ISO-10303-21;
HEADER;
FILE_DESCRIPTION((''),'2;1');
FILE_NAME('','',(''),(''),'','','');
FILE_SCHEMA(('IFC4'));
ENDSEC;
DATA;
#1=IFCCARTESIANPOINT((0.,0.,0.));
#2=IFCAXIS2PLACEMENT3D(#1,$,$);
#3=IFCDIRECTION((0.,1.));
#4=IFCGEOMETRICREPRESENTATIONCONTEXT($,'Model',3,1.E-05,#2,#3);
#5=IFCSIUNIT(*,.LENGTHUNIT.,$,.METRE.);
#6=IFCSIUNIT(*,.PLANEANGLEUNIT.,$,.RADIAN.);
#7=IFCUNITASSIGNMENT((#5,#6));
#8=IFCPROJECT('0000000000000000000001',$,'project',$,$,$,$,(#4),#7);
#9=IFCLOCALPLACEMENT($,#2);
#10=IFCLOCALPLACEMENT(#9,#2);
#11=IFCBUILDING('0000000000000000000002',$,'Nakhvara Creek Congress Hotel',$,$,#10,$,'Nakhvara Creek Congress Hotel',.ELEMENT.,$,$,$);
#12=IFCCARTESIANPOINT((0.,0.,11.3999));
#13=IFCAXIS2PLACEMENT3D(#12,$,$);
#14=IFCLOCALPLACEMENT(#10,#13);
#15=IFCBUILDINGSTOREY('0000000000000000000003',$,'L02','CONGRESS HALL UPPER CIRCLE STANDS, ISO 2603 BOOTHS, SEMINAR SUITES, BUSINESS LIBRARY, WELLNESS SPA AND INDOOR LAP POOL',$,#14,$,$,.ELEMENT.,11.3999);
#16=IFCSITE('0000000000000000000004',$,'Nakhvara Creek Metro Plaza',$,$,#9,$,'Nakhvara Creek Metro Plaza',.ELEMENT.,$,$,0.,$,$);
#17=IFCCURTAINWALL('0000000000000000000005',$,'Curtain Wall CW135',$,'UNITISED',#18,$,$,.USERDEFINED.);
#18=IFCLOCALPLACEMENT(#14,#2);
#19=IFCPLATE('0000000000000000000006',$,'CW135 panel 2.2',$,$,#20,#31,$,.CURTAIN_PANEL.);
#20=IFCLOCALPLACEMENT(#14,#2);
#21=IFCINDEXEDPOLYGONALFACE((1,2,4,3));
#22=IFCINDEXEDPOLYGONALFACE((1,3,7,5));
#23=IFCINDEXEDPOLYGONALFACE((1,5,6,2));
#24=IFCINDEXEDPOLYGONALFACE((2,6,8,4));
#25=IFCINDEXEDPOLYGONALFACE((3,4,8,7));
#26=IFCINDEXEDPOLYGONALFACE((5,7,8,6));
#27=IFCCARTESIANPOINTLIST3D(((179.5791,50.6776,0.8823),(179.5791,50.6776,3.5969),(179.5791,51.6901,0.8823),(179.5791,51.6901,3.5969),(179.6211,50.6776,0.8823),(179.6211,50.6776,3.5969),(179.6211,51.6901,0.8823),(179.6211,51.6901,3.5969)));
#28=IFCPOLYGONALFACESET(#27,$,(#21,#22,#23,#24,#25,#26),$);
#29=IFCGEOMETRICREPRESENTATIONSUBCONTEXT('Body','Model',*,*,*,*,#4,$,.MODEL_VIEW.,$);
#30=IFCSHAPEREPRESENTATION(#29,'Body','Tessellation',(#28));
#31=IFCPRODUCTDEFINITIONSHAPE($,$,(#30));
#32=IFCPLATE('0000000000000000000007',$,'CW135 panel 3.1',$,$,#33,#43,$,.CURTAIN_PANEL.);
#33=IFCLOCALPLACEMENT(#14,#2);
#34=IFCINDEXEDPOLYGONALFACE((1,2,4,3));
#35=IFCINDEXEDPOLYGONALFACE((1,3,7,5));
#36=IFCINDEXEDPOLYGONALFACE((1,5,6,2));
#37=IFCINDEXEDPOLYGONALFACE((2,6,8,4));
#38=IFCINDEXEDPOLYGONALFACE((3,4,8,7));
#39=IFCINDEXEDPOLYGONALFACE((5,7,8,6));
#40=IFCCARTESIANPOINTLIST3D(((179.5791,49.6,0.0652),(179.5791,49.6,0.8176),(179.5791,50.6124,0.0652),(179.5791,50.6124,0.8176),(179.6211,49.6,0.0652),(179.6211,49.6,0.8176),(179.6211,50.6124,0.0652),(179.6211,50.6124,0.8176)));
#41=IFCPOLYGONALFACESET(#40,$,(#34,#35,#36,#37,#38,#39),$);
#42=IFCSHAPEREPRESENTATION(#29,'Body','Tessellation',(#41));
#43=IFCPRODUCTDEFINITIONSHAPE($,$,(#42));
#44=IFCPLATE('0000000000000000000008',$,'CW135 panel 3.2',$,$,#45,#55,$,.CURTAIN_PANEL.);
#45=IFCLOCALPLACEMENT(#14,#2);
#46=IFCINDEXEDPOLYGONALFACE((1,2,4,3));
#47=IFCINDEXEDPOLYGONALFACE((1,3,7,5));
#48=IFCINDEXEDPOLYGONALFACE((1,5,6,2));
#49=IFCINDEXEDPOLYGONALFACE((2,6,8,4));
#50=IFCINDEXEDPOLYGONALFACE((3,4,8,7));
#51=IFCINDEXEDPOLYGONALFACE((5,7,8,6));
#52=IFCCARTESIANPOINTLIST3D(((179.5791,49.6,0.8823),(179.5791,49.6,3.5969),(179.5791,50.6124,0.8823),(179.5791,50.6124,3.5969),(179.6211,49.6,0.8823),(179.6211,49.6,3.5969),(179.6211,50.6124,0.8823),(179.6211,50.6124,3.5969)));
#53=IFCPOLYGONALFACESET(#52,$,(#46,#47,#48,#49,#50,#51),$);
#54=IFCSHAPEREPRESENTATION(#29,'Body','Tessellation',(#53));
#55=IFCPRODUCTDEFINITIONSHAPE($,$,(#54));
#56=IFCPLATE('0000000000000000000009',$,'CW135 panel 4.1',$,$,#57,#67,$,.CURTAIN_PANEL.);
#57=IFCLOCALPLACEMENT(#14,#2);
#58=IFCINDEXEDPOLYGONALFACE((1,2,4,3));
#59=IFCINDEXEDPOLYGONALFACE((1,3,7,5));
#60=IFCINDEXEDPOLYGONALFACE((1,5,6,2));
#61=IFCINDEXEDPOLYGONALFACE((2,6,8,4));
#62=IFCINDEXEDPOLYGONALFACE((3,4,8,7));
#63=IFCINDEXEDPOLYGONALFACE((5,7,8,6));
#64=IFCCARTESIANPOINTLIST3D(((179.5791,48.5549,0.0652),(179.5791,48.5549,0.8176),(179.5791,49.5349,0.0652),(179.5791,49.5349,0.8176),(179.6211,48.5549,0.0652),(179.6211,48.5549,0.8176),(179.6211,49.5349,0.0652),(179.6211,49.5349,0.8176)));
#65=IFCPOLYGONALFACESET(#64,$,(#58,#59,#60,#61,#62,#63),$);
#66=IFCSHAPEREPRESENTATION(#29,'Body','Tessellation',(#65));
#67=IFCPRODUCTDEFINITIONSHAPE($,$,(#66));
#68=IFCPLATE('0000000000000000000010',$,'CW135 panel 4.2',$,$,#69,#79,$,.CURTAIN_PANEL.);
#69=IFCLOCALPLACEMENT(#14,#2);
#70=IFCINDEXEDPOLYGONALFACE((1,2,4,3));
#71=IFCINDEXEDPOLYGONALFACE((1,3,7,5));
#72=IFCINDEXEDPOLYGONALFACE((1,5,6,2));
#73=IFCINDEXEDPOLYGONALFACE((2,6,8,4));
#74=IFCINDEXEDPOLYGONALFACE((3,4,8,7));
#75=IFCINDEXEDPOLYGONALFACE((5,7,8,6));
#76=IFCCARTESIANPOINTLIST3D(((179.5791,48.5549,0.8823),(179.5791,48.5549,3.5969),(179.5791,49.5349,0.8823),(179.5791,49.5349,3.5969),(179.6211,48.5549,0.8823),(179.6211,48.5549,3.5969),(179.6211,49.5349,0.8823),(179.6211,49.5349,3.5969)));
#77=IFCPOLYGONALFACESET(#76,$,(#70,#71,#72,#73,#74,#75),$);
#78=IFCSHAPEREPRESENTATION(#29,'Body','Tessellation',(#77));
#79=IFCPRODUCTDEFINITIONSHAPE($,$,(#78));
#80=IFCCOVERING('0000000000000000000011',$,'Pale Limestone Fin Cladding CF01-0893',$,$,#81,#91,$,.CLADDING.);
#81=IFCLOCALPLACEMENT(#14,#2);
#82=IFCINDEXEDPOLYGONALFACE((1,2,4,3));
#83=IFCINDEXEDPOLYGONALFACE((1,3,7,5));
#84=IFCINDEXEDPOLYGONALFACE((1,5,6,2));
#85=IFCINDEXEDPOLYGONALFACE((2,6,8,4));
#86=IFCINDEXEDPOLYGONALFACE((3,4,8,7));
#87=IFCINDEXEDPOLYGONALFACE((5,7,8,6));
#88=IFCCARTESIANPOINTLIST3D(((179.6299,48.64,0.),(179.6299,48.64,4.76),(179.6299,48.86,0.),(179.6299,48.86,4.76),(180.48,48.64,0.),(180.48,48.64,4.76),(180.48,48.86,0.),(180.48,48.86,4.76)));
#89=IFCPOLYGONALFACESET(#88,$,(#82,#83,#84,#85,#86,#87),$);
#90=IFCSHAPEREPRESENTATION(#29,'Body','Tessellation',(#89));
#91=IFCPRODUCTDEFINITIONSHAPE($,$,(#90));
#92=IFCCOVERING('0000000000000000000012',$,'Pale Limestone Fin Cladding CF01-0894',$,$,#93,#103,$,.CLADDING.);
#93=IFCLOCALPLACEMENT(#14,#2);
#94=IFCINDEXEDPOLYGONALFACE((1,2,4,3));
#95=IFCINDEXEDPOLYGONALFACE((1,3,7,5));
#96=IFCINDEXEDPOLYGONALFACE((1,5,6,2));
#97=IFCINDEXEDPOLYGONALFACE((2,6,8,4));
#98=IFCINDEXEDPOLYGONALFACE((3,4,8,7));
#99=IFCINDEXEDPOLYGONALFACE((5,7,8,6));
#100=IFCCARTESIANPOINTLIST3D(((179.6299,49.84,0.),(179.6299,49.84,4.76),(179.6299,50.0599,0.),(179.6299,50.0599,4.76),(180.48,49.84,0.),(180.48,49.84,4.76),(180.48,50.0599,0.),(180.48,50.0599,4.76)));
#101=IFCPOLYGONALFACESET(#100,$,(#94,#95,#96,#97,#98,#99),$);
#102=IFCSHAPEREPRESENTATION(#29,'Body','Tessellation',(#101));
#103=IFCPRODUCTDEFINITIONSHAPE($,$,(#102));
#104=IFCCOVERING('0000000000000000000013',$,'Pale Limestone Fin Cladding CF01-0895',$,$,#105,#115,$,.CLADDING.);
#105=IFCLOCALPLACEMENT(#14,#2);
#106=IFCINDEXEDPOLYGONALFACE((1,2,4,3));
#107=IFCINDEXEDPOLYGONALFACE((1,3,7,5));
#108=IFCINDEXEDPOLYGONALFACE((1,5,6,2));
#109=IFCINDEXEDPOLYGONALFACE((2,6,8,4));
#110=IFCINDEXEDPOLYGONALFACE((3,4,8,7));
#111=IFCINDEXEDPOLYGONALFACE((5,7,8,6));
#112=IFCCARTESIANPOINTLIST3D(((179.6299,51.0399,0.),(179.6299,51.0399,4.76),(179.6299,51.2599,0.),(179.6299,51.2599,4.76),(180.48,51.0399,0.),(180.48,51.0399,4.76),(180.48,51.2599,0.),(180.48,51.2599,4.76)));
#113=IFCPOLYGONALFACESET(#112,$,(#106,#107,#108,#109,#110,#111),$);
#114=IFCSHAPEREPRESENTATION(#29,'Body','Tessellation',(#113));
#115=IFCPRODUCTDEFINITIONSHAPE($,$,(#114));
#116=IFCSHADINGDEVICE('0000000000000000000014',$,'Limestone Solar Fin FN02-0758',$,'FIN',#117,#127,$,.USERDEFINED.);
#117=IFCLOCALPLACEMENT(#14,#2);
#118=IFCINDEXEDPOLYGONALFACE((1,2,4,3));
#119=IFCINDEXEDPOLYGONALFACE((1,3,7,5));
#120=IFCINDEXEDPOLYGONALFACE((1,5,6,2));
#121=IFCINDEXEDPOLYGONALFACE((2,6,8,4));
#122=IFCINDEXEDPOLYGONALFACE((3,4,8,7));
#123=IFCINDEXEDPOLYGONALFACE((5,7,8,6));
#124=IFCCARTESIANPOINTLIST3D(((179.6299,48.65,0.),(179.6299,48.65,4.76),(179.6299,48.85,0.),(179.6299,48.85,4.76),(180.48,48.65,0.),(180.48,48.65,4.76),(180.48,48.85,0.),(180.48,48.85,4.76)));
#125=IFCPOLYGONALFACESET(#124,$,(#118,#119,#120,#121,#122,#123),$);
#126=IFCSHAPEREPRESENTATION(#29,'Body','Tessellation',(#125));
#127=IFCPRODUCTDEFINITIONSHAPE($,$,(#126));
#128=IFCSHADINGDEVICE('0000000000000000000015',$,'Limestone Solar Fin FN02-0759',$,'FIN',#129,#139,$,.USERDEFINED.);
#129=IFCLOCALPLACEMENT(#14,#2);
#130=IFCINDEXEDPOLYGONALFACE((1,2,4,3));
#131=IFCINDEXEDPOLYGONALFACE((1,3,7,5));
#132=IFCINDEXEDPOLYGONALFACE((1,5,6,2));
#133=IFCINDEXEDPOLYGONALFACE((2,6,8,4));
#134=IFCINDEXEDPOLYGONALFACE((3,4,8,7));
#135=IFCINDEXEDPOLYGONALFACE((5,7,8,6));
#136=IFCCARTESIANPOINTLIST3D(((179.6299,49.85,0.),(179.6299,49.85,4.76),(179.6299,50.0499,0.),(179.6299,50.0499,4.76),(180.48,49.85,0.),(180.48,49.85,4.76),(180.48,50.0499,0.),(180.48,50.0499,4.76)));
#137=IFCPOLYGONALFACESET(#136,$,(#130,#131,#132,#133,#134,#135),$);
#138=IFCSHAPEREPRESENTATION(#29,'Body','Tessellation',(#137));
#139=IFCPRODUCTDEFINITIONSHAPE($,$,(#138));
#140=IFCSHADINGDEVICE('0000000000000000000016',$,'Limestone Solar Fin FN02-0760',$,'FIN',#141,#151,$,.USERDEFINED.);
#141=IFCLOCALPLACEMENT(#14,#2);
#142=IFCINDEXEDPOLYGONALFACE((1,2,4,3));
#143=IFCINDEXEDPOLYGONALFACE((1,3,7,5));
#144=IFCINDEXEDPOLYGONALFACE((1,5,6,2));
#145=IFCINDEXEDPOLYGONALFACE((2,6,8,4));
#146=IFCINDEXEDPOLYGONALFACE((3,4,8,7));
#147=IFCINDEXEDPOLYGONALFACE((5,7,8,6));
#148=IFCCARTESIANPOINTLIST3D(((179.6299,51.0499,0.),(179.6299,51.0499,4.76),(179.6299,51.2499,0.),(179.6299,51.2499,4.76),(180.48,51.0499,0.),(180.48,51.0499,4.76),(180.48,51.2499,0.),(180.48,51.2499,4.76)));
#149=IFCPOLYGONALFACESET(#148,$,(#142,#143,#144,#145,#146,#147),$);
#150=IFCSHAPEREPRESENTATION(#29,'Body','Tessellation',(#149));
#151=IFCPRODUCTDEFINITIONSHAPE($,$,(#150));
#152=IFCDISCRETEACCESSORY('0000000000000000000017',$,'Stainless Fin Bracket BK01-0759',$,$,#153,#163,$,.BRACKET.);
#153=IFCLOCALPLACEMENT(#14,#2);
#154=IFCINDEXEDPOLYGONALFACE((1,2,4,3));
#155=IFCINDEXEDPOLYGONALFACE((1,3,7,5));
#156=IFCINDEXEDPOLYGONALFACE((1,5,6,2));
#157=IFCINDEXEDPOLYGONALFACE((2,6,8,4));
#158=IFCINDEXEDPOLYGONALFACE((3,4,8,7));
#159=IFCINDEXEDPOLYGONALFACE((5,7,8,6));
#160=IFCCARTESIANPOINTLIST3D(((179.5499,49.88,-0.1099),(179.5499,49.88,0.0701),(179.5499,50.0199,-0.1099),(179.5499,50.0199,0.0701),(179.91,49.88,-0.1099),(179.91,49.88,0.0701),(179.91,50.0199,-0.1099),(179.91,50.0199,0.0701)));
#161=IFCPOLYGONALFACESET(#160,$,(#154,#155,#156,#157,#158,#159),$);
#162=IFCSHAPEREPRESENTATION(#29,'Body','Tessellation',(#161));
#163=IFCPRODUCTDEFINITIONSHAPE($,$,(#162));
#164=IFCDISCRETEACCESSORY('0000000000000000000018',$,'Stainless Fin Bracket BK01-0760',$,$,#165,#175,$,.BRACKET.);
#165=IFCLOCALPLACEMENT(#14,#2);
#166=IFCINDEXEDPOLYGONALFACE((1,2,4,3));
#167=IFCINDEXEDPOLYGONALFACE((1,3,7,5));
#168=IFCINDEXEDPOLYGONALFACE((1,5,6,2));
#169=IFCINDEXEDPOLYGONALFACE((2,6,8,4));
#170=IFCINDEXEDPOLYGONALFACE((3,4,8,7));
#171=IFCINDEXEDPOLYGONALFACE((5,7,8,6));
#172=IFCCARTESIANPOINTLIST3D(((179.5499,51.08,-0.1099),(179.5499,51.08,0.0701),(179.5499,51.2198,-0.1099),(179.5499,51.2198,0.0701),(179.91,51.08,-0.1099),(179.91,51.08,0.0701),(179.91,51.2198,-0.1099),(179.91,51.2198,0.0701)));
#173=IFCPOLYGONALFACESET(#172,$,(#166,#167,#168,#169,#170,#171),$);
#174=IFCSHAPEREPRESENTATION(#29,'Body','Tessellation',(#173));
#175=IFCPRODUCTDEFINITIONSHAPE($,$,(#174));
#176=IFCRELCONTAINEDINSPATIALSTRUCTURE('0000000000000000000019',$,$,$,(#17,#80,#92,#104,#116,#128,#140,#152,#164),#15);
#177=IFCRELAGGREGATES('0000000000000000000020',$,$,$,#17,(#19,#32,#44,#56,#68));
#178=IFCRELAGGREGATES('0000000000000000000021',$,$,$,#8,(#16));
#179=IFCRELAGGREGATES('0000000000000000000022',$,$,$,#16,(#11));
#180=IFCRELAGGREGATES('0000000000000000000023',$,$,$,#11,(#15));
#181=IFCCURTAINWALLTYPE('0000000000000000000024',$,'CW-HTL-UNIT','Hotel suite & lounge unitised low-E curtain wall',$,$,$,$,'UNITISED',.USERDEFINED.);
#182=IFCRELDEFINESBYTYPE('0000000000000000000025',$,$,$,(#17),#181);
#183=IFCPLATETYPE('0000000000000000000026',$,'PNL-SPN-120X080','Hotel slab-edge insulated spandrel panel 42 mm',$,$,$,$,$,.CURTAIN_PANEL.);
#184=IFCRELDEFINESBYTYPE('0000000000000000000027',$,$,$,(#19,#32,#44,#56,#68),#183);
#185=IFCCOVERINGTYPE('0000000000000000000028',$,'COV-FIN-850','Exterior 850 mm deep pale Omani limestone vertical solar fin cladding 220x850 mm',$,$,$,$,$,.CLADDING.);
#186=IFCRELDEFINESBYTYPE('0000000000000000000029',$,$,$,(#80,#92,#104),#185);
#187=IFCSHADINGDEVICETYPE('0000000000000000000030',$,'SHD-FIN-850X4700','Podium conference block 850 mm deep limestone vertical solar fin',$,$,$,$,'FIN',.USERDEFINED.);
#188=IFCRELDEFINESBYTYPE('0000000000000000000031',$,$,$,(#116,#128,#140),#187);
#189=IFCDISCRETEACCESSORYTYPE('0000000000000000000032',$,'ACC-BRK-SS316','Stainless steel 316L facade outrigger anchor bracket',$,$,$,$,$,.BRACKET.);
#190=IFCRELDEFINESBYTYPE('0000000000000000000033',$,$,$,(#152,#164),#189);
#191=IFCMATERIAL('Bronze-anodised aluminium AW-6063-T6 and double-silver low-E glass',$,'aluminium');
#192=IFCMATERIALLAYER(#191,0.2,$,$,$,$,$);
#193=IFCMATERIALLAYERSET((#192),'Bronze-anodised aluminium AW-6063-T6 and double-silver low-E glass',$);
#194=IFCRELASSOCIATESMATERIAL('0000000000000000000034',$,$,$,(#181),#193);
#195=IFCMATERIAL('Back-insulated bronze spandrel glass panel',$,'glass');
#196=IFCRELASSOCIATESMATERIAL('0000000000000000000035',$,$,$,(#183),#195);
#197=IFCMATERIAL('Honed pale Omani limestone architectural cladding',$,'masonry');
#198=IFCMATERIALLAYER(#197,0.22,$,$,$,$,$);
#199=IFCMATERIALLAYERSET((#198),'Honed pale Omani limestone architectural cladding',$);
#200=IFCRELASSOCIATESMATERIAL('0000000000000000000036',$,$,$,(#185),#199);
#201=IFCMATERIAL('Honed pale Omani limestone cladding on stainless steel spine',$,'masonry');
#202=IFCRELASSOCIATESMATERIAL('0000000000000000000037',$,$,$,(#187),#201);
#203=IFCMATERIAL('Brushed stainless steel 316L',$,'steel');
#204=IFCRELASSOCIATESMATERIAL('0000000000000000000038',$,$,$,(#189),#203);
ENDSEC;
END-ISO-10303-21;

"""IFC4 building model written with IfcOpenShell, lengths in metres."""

from ifc_helpers import new_model, si_unit, direction, frame, origin, origin_2d, place, context, subcontext, project, spatial, rectangle, extrude, material, layer, layer_set, type_object, element, aggregate, save


model = new_model("IFC4")

# Units and contexts
model_context = context("Model", 3, precision=1e-05, world=origin(), true_north=direction((0.0, 1.0)))
body_context = subcontext(model_context, "Body", "Model", "MODEL_VIEW")
ifc_project = project(units=[si_unit("LENGTHUNIT", "METRE"), si_unit("PLANEANGLEUNIT", "RADIAN")], contexts=[model_context])

# Site, building, storey
site_placement = place(None, origin())
site = spatial("IfcSite", under=ifc_project, at=site_placement, Name="Nakhvara Creek Metro Plaza", LongName="Nakhvara Creek Metro Plaza", CompositionType="ELEMENT", RefElevation=0.0)
building_placement = place(site_placement, origin())
building = spatial("IfcBuilding", under=site, at=building_placement, Name="Nakhvara Creek Congress Hotel", LongName="Nakhvara Creek Congress Hotel", CompositionType="ELEMENT")
storey_placement = place(building_placement, frame((0.0, 0.0, 11.3999)))
storey = spatial("IfcBuildingStorey", under=building, at=storey_placement, Name="L02", Description="CONGRESS HALL UPPER CIRCLE STANDS, ISO 2603 BOOTHS, SEMINAR SUITES, BUSINESS LIBRARY, WELLNESS SPA AND INDOOR LAP POOL", CompositionType="ELEMENT", Elevation=11.3999)

# Curtain wall, plates
ifc_material_1 = material(Name="Bronze-anodised aluminium AW-6063-T6 and double-silver low-E glass", Category="aluminium")
ifc_layer_1 = layer(ifc_material_1, 0.2)
ifc_layer_set_1 = layer_set([ifc_layer_1], Name="Bronze-anodised aluminium AW-6063-T6 and double-silver low-E glass")
curtain_wall_type = type_object("IfcCurtainWallType", Name="CW-HTL-UNIT", Description="Hotel suite & lounge unitised low-E curtain wall", ElementType="UNITISED", PredefinedType="USERDEFINED", material=ifc_layer_set_1)
curtain_wall_placement = place(storey_placement, origin())
curtain_wall = element("IfcCurtainWall", 1, at=curtain_wall_placement, inside=storey, type_object=curtain_wall_type, Name="Curtain Wall CW135", ObjectType="UNITISED", PredefinedType="USERDEFINED")
ifc_material_2 = material(Name="Back-insulated bronze spandrel glass panel", Category="glass")
plate_type = type_object("IfcPlateType", Name="PNL-SPN-120X080", Description="Hotel slab-edge insulated spandrel panel 42 mm", PredefinedType="CURTAIN_PANEL", material=ifc_material_2)
plate_1_placement = place(storey_placement, frame((179.6001, 51.1838, 0.8823), z_axis=(0.0, 0.0, 1.0), x_axis=(0.0, -1.0, 0.0)))
plate_1 = element("IfcPlate", 2, at=plate_1_placement, type_object=plate_type, Name="CW135 panel 2.2", PredefinedType="CURTAIN_PANEL", context=body_context, shape_type="SweptSolid", body=[
    extrude(rectangle(XDim=1.0125, YDim=0.042, at=origin_2d()), origin(), (0.0, 0.0, 1.0), 2.7146),
])
plate_2_placement = place(storey_placement, frame((179.6001, 50.1062, 0.0652), z_axis=(0.0, 0.0, 1.0), x_axis=(0.0, -1.0, 0.0)))
plate_2 = element("IfcPlate", 3, at=plate_2_placement, type_object=plate_type, Name="CW135 panel 3.1", PredefinedType="CURTAIN_PANEL", context=body_context, shape_type="SweptSolid", body=[
    extrude(rectangle(XDim=1.0125, YDim=0.042, at=origin_2d()), origin(), (0.0, 0.0, 1.0), 0.7524),
])
plate_3_placement = place(storey_placement, frame((179.6001, 50.1062, 0.8823), z_axis=(0.0, 0.0, 1.0), x_axis=(0.0, -1.0, 0.0)))
plate_3 = element("IfcPlate", 4, at=plate_3_placement, type_object=plate_type, Name="CW135 panel 3.2", PredefinedType="CURTAIN_PANEL", context=body_context, shape_type="SweptSolid", body=[
    extrude(rectangle(XDim=1.0125, YDim=0.042, at=origin_2d()), origin(), (0.0, 0.0, 1.0), 2.7146),
])
plate_4_placement = place(storey_placement, frame((179.6001, 49.0449, 0.0652), z_axis=(0.0, 0.0, 1.0), x_axis=(0.0, -1.0, 0.0)))
plate_4 = element("IfcPlate", 5, at=plate_4_placement, type_object=plate_type, Name="CW135 panel 4.1", PredefinedType="CURTAIN_PANEL", context=body_context, shape_type="SweptSolid", body=[
    extrude(rectangle(XDim=0.98, YDim=0.042, at=origin_2d()), origin(), (0.0, 0.0, 1.0), 0.7524),
])
plate_5_placement = place(storey_placement, frame((179.6001, 49.0449, 0.8823), z_axis=(0.0, 0.0, 1.0), x_axis=(0.0, -1.0, 0.0)))
plate_5 = element("IfcPlate", 6, at=plate_5_placement, type_object=plate_type, Name="CW135 panel 4.2", PredefinedType="CURTAIN_PANEL", context=body_context, shape_type="SweptSolid", body=[
    extrude(rectangle(XDim=0.98, YDim=0.042, at=origin_2d()), origin(), (0.0, 0.0, 1.0), 2.7146),
])
aggregate(curtain_wall, [plate_1, plate_2, plate_3, plate_4, plate_5])

# Coverings
ifc_material_3 = material(Name="Honed pale Omani limestone architectural cladding", Category="masonry")
ifc_layer_2 = layer(ifc_material_3, 0.22)
ifc_layer_set_2 = layer_set([ifc_layer_2], Name="Honed pale Omani limestone architectural cladding")
covering_type = type_object("IfcCoveringType", Name="COV-FIN-850", Description="Exterior 850 mm deep pale Omani limestone vertical solar fin cladding 220x850 mm", PredefinedType="CLADDING", material=ifc_layer_set_2)
for number, where, z_axis, x_axis, name in (
    (7, (180.0549, 48.75, 0.0), (0.0, 0.0, 1.0), (0.0, 1.0, 0.0), "Pale Limestone Fin Cladding CF01-0893"),
    (8, (180.0549, 49.95, 0.0), (0.0, 0.0, 1.0), (0.0, 1.0, 0.0), "Pale Limestone Fin Cladding CF01-0894"),
    (9, (180.0549, 51.1499, 0.0), (0.0, 0.0, 1.0), (0.0, 1.0, 0.0), "Pale Limestone Fin Cladding CF01-0895"),
):
    element("IfcCovering", number, at=place(storey_placement, frame(where, z_axis=z_axis, x_axis=x_axis)), inside=storey, type_object=covering_type, Name=name, PredefinedType="CLADDING", context=body_context, shape_type="SweptSolid", body=[
        extrude(rectangle(XDim=0.22, YDim=0.8501, at=origin_2d()), origin(), (0.0, 0.0, 1.0), 4.76),
    ])

# Shading devices
ifc_material_4 = material(Name="Honed pale Omani limestone cladding on stainless steel spine", Category="masonry")
shading_device_type = type_object("IfcShadingDeviceType", Name="SHD-FIN-850X4700", Description="Podium conference block 850 mm deep limestone vertical solar fin", ElementType="FIN", PredefinedType="USERDEFINED", material=ifc_material_4)
for number, where, z_axis, x_axis, name in (
    (10, (180.0549, 48.75, 0.0), (0.0, 0.0, 1.0), (0.0, 1.0, 0.0), "Limestone Solar Fin FN02-0758"),
    (11, (180.0549, 49.95, 0.0), (0.0, 0.0, 1.0), (0.0, 1.0, 0.0), "Limestone Solar Fin FN02-0759"),
    (12, (180.0549, 51.1499, 0.0), (0.0, 0.0, 1.0), (0.0, 1.0, 0.0), "Limestone Solar Fin FN02-0760"),
):
    element("IfcShadingDevice", number, at=place(storey_placement, frame(where, z_axis=z_axis, x_axis=x_axis)), inside=storey, type_object=shading_device_type, Name=name, ObjectType="FIN", PredefinedType="USERDEFINED", context=body_context, shape_type="SweptSolid", body=[
        extrude(rectangle(XDim=0.2, YDim=0.8501, at=origin_2d()), origin(), (0.0, 0.0, 1.0), 4.76),
    ])

# Discrete accessories
ifc_material_5 = material(Name="Brushed stainless steel 316L", Category="steel")
discrete_accessory_type = type_object("IfcDiscreteAccessoryType", Name="ACC-BRK-SS316", Description="Stainless steel 316L facade outrigger anchor bracket", PredefinedType="BRACKET", material=ifc_material_5)
for number, where, z_axis, x_axis, name in (
    (13, (179.73, 49.95, -0.1099), (0.0, 0.0, 1.0), (0.0, 1.0, 0.0), "Stainless Fin Bracket BK01-0759"),
    (14, (179.73, 51.1499, -0.1099), (0.0, 0.0, 1.0), (0.0, 1.0, 0.0), "Stainless Fin Bracket BK01-0760"),
):
    element("IfcDiscreteAccessory", number, at=place(storey_placement, frame(where, z_axis=z_axis, x_axis=x_axis)), inside=storey, type_object=discrete_accessory_type, Name=name, PredefinedType="BRACKET", context=body_context, shape_type="SweptSolid", body=[
        extrude(rectangle(XDim=0.1399, YDim=0.3601, at=origin_2d()), origin(), (0.0, 0.0, 1.0), 0.1799),
    ])

save(model, "model.ifc")
